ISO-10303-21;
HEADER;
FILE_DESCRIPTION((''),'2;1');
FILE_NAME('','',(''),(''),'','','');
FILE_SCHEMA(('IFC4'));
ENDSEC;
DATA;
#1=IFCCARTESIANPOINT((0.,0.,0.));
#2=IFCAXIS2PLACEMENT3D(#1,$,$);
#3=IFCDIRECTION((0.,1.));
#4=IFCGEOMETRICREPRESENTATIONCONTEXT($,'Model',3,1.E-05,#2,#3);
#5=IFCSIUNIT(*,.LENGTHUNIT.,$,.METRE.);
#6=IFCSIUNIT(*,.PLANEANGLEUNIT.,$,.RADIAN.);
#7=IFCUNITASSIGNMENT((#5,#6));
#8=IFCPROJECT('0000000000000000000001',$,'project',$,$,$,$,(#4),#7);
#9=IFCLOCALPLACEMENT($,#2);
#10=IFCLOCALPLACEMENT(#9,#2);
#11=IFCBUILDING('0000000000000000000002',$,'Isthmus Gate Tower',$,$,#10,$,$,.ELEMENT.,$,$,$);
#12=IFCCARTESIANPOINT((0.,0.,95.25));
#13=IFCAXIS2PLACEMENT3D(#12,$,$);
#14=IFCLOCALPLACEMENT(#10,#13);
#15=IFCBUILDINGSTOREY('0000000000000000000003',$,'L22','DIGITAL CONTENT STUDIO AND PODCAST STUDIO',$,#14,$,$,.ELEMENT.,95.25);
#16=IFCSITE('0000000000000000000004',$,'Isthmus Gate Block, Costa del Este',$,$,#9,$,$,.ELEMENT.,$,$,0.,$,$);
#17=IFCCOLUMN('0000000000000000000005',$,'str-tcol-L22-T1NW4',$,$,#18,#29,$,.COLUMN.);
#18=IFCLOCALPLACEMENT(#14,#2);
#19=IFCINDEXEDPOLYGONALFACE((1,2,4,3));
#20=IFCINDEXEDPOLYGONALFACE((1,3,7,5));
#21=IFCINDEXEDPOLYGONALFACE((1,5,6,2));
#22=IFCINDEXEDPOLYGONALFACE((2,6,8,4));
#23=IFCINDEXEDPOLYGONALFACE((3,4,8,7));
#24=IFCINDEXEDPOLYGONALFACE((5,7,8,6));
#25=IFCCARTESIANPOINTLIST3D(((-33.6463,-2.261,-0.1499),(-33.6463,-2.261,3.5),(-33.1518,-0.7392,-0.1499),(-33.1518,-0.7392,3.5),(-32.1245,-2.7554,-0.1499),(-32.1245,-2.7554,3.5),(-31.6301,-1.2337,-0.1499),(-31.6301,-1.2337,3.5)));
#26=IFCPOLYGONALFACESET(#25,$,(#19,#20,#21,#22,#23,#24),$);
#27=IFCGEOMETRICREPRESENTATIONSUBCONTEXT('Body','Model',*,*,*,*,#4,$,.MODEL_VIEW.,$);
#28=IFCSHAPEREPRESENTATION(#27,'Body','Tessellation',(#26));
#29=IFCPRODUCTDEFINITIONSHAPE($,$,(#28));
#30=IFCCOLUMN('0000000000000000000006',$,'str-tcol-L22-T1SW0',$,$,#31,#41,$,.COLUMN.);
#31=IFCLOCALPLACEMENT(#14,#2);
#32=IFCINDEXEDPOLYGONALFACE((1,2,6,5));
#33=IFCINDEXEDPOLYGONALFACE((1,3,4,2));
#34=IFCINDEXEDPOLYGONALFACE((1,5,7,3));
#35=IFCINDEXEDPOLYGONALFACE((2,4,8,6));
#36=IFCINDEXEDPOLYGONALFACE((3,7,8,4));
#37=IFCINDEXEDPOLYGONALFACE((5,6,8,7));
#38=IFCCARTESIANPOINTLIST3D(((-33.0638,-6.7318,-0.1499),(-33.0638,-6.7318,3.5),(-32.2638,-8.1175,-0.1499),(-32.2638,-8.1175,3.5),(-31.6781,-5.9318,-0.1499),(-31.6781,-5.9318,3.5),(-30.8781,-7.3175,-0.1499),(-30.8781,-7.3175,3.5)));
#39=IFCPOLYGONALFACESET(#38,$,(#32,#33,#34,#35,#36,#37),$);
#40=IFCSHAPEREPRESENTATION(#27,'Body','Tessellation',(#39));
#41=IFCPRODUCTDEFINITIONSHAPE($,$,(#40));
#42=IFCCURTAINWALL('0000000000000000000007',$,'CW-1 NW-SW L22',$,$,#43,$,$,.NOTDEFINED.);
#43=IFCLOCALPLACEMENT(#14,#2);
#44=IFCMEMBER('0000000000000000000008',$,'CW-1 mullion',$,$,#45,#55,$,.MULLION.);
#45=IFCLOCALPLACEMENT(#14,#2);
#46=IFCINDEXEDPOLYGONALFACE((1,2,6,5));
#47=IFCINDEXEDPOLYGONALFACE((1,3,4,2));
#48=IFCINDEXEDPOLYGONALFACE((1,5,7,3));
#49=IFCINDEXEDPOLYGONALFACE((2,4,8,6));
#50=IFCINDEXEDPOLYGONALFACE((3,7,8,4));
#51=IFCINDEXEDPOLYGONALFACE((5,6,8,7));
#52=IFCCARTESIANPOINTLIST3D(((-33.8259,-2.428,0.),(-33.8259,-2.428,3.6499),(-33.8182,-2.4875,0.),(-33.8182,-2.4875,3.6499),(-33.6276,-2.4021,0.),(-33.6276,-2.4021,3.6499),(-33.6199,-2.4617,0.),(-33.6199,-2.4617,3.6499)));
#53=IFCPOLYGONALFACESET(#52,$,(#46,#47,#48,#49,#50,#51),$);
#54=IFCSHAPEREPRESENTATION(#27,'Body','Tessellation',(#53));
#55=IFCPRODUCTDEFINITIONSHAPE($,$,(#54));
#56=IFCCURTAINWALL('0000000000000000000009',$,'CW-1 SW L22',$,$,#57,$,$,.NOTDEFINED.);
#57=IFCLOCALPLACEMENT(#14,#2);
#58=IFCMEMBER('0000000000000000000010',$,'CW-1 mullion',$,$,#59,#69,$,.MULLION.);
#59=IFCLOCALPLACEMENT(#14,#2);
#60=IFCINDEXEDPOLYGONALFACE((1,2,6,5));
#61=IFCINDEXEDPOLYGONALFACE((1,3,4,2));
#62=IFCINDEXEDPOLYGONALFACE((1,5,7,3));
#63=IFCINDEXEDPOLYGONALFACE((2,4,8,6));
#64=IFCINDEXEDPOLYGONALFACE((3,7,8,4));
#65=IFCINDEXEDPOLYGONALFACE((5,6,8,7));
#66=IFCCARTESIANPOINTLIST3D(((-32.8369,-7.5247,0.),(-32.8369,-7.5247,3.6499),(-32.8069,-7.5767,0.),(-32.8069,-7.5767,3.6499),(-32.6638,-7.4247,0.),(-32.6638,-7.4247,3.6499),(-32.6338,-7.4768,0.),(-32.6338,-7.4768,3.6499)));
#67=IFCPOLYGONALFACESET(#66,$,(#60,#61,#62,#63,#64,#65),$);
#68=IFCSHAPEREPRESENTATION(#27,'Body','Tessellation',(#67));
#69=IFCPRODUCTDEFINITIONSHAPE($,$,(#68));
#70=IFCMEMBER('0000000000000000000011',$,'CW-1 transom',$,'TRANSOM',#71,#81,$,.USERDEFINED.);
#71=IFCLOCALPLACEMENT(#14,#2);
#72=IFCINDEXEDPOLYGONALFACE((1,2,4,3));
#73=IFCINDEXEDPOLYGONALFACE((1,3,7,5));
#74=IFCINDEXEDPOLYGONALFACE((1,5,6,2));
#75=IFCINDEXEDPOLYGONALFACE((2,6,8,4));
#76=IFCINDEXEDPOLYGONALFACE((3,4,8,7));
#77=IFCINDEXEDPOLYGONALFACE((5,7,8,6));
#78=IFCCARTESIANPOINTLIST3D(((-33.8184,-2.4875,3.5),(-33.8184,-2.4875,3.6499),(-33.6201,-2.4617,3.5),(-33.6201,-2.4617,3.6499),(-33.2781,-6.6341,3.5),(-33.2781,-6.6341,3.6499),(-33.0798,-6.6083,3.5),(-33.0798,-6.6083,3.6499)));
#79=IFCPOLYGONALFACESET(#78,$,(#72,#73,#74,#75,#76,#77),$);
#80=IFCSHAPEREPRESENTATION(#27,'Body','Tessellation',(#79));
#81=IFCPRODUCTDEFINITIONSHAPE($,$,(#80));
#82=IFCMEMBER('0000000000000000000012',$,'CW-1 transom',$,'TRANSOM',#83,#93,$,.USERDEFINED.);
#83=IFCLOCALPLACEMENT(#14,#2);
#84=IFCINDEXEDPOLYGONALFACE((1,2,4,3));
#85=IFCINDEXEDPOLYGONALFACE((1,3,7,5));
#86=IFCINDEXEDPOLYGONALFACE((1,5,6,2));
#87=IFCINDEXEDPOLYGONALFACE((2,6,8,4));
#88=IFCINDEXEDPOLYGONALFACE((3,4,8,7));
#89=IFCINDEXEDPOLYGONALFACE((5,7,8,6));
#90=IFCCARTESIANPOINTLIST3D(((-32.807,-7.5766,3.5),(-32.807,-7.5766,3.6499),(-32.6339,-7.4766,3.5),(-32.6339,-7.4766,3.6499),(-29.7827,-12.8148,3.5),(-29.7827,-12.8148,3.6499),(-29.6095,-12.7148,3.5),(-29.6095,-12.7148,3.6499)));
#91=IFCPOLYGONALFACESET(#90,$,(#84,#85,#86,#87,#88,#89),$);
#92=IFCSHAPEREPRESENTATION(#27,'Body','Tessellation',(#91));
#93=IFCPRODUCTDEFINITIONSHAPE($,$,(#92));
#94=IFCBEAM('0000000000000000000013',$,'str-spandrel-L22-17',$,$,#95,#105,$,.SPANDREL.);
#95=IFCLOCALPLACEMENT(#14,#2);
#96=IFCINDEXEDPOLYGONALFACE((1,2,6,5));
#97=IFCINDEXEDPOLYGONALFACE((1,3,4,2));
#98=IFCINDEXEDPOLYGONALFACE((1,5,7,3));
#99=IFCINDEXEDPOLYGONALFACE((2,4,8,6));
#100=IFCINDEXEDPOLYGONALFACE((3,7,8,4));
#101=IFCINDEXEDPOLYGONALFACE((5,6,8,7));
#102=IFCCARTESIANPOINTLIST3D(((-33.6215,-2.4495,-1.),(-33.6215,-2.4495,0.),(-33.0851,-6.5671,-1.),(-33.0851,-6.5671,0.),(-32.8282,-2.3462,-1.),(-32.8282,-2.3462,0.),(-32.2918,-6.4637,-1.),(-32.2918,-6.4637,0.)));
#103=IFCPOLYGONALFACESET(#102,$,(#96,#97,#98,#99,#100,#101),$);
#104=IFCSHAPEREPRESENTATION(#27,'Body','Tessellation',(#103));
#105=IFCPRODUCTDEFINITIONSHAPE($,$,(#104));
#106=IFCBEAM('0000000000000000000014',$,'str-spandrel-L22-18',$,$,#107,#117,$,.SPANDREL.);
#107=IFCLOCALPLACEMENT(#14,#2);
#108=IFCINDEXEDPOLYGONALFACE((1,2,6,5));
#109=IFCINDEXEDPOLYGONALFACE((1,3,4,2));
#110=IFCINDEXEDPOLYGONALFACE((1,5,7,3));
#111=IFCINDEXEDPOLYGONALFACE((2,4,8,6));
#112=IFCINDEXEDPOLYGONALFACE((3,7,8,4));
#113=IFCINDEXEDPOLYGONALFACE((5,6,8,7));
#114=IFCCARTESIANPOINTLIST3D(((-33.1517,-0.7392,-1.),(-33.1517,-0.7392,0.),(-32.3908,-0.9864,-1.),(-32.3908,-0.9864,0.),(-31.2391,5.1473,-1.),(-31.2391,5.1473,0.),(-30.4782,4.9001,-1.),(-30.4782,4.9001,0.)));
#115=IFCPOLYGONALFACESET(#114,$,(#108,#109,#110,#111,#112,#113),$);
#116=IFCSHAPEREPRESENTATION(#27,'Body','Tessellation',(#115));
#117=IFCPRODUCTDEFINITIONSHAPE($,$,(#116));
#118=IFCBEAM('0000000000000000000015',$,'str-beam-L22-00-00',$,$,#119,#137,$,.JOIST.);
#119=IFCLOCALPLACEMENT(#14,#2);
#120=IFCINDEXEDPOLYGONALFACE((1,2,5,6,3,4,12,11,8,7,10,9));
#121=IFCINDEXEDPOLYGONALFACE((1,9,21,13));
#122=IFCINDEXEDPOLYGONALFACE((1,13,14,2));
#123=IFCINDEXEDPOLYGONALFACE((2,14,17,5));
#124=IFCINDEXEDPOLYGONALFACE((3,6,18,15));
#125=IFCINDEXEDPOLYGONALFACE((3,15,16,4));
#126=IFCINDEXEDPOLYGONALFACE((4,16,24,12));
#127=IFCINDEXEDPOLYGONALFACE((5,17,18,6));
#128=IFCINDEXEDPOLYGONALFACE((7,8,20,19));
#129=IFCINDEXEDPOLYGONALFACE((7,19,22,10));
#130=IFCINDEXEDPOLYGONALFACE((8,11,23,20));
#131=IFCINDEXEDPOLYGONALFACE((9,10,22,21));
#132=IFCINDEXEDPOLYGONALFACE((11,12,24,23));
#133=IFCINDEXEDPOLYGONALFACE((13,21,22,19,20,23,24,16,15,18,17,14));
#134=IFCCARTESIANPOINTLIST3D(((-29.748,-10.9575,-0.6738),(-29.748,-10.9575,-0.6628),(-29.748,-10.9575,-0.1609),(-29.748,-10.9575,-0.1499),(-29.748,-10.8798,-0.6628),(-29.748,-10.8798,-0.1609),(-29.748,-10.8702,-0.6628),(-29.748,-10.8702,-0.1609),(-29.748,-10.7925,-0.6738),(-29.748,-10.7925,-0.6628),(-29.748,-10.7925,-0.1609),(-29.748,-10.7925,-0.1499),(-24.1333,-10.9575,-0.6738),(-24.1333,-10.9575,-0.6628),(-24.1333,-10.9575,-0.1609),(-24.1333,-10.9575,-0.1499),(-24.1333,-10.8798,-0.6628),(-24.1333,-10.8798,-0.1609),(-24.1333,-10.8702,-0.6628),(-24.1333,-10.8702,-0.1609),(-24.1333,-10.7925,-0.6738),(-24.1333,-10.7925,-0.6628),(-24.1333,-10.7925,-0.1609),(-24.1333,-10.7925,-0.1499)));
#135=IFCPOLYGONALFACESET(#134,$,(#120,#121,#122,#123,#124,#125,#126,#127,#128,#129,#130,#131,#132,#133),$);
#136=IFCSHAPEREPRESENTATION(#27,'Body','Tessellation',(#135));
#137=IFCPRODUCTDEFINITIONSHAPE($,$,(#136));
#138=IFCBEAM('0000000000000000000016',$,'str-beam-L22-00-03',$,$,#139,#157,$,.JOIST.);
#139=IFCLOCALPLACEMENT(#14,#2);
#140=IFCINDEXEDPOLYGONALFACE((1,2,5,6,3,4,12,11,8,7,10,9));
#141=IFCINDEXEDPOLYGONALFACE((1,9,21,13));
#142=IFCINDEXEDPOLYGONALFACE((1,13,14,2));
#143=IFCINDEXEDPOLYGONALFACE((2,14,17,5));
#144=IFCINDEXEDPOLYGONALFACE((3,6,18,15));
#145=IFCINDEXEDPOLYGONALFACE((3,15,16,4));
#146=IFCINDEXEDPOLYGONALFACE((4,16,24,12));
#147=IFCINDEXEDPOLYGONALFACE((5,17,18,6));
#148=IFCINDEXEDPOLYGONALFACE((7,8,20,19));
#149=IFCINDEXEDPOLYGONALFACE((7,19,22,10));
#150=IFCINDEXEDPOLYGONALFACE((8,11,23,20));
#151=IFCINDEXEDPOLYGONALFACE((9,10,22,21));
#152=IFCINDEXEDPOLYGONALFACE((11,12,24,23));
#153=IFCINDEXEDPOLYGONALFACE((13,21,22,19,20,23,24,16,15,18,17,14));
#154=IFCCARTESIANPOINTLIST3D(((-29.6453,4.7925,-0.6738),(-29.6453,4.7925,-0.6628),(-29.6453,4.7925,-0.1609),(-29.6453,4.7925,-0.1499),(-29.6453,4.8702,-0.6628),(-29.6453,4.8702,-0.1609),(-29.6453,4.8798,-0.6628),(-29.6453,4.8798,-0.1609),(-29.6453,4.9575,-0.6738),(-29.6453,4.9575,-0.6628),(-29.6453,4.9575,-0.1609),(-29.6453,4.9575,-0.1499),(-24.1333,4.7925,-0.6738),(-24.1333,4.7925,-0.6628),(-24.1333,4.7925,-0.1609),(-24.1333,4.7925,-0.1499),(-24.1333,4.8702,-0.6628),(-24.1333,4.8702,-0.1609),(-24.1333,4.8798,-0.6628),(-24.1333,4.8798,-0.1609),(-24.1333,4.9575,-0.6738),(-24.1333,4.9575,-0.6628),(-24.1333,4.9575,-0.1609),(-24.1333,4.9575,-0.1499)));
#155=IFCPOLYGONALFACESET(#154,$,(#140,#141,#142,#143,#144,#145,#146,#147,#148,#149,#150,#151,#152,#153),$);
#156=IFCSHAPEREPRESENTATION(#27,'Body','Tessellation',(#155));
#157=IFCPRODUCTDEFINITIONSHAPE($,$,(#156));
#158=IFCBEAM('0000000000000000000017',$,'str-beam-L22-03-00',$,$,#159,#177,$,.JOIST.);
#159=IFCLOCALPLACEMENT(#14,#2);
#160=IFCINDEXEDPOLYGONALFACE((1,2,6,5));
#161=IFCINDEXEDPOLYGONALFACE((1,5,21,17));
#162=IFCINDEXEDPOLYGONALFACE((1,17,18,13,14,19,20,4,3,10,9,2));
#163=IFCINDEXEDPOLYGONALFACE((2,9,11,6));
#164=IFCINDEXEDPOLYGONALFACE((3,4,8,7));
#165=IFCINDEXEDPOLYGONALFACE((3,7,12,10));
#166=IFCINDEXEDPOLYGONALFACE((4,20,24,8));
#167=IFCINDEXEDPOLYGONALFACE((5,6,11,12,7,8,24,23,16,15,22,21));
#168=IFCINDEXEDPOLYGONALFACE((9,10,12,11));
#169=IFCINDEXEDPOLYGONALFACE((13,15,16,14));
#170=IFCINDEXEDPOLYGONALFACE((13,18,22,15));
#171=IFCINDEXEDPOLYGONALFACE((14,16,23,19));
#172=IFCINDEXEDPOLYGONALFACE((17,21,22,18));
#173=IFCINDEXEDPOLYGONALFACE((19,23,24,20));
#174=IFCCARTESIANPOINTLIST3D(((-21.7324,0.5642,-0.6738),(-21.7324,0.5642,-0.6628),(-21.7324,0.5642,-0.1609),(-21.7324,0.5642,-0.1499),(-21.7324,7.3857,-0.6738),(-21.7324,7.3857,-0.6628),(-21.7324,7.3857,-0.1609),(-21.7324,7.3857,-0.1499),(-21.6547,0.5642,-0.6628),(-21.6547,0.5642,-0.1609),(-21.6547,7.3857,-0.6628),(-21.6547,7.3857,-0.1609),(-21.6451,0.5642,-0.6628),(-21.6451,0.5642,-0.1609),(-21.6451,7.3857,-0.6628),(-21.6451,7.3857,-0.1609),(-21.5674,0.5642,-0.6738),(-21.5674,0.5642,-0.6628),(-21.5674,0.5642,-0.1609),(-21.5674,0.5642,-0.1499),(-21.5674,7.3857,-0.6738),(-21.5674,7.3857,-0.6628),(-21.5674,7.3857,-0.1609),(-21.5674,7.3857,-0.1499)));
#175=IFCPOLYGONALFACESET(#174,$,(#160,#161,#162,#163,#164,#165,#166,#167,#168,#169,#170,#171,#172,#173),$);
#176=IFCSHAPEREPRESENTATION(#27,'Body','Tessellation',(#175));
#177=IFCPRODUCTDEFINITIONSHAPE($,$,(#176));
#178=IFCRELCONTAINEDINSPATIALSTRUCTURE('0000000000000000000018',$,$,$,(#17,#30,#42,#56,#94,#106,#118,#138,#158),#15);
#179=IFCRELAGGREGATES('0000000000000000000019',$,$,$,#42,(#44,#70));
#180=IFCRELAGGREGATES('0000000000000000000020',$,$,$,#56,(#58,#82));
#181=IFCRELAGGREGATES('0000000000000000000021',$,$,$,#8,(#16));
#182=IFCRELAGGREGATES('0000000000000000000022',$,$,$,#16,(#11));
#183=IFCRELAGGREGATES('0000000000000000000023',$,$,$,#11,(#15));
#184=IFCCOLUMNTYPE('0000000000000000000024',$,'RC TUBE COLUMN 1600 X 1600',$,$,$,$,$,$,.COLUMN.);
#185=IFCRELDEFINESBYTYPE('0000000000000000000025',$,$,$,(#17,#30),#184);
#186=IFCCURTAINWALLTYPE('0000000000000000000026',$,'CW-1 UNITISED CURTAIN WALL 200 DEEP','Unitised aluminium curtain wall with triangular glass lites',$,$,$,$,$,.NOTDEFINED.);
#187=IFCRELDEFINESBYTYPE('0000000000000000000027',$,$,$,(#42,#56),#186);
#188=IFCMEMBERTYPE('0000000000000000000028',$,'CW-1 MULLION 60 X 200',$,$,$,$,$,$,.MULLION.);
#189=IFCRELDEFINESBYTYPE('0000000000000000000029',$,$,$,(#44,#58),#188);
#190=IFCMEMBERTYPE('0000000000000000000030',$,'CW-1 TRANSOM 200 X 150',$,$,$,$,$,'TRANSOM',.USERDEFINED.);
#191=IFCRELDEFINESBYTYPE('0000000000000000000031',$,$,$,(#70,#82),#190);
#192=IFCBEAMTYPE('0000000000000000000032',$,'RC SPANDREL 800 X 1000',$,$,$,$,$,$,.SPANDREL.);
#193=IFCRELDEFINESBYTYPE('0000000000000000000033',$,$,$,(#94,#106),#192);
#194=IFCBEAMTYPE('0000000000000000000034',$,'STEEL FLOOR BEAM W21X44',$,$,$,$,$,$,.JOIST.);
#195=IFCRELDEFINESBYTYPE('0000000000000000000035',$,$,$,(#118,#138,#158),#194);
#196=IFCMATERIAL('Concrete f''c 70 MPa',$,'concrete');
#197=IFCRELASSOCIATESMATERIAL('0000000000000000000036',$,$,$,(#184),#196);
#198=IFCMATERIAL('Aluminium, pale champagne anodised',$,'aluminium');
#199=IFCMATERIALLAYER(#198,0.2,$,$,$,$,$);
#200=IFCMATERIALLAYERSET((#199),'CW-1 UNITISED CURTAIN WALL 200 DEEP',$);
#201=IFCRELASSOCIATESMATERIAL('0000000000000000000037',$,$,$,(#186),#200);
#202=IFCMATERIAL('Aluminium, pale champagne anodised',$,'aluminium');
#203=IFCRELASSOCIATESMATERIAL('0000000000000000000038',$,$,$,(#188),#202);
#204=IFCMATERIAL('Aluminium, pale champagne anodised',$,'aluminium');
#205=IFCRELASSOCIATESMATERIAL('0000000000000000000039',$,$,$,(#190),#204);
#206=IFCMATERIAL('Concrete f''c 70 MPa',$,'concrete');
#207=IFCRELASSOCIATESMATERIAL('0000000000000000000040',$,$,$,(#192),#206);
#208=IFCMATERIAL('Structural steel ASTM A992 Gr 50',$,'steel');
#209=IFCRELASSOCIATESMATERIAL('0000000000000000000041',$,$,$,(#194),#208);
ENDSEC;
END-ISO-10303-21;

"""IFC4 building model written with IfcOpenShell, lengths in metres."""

from ifc_helpers import new_model, si_unit, direction, frame, origin, origin_2d, place, context, subcontext, project, spatial, rectangle, i_section, extrude, material, layer, layer_set, material_profile, profile_set, type_object, element, aggregate, save


model = new_model("IFC4")

# Units and contexts
model_context = context("Model", 3, precision=1e-05, world=origin(), true_north=direction((0.0, 1.0)))
body_context = subcontext(model_context, "Body", "Model", "MODEL_VIEW")
ifc_project = project(units=[si_unit("LENGTHUNIT", "METRE"), si_unit("PLANEANGLEUNIT", "RADIAN")], contexts=[model_context])

# Site, building, storey
site_placement = place(None, origin())
site = spatial("IfcSite", under=ifc_project, at=site_placement, Name="Isthmus Gate Block, Costa del Este", CompositionType="ELEMENT", RefElevation=0.0)
building_placement = place(site_placement, origin())
building = spatial("IfcBuilding", under=site, at=building_placement, Name="Isthmus Gate Tower", CompositionType="ELEMENT")
storey_placement = place(building_placement, frame((0.0, 0.0, 95.25)))
storey = spatial("IfcBuildingStorey", under=building, at=storey_placement, Name="L22", Description="DIGITAL CONTENT STUDIO AND PODCAST STUDIO", CompositionType="ELEMENT", Elevation=95.25)

# Columns
ifc_material_1 = material(Name="Concrete f'c 70 MPa", Category="concrete")
ifc_material_profile_1 = material_profile(ifc_material_1, rectangle(XDim=1.6001, YDim=1.6001, at=origin_2d()), Name="RC 1600X1600")
ifc_profile_set_1 = profile_set([ifc_material_profile_1], Name="Concrete f'c 70 MPa")
column_type = type_object("IfcColumnType", Name="RC TUBE COLUMN 1600 X 1600", PredefinedType="COLUMN", material=ifc_profile_set_1)
for number, where, z_axis, x_axis, name in (
    (1, (-32.6382, -1.7473, -0.1499), (0.0, 0.0, 1.0), (-0.309017, -0.951057, 0.0), "str-tcol-L22-T1NW4"),
    (2, (-31.9709, -7.0247, -0.1499), (0.0, 0.0, 1.0), (0.5, -0.866025, 0.0), "str-tcol-L22-T1SW0"),
):
    element("IfcColumn", number, at=place(storey_placement, frame(where, z_axis=z_axis, x_axis=x_axis)), inside=storey, type_object=column_type, Name=name, PredefinedType="COLUMN", context=body_context, shape_type="SweptSolid", body=[
        extrude(rectangle(XDim=1.6001, YDim=1.6001, at=origin_2d()), origin(), (0.0, 0.0, 1.0), 3.6499),
    ])

# Curtain walls, members
ifc_material_2 = material(Name="Aluminium, pale champagne anodised", Category="aluminium")
ifc_layer_1 = layer(ifc_material_2, 0.2)
ifc_layer_set_1 = layer_set([ifc_layer_1], Name="CW-1 UNITISED CURTAIN WALL 200 DEEP")
curtain_wall_type = type_object("IfcCurtainWallType", Name="CW-1 UNITISED CURTAIN WALL 200 DEEP", Description="Unitised aluminium curtain wall with triangular glass lites", PredefinedType="NOTDEFINED", material=ifc_layer_set_1)
curtain_wall_1_placement = place(storey_placement, origin())
curtain_wall_1 = element("IfcCurtainWall", 3, at=curtain_wall_1_placement, inside=storey, type_object=curtain_wall_type, Name="CW-1 NW-SW L22", PredefinedType="NOTDEFINED")
ifc_material_3 = material(Name="Aluminium, pale champagne anodised", Category="aluminium")
ifc_material_profile_2 = material_profile(ifc_material_3, rectangle(XDim=0.0601, YDim=0.2, at=origin_2d()), Name="60x200")
ifc_profile_set_2 = profile_set([ifc_material_profile_2], Name="Aluminium, pale champagne anodised")
member_type_1 = type_object("IfcMemberType", Name="CW-1 MULLION 60 X 200", PredefinedType="MULLION", material=ifc_profile_set_2)
member_1_placement = place(storey_placement, frame((-33.7229, -2.4448, 0.0), z_axis=(0.0, 0.0, 1.0), x_axis=(0.129165, -0.991623, 0.0)))
member_1 = element("IfcMember", 4, at=member_1_placement, type_object=member_type_1, Name="CW-1 mullion", PredefinedType="MULLION", context=body_context, shape_type="SweptSolid", body=[
    extrude(rectangle(XDim=0.0601, YDim=0.2, at=origin_2d()), origin(), (0.0, 0.0, 1.0), 3.6499),
])
curtain_wall_2_placement = place(storey_placement, origin())
curtain_wall_2 = element("IfcCurtainWall", 5, at=curtain_wall_2_placement, inside=storey, type_object=curtain_wall_type, Name="CW-1 SW L22", PredefinedType="NOTDEFINED")
member_2_placement = place(storey_placement, frame((-32.7354, -7.5007, 0.0), z_axis=(0.0, 0.0, 1.0), x_axis=(0.5, -0.866025, 0.0)))
member_2 = element("IfcMember", 6, at=member_2_placement, type_object=member_type_1, Name="CW-1 mullion", PredefinedType="MULLION", context=body_context, shape_type="SweptSolid", body=[
    extrude(rectangle(XDim=0.0601, YDim=0.2, at=origin_2d()), origin(), (0.0, 0.0, 1.0), 3.6499),
])

# Members
ifc_material_4 = material(Name="Aluminium, pale champagne anodised", Category="aluminium")
ifc_material_profile_3 = material_profile(ifc_material_4, rectangle(XDim=0.2, YDim=0.1499, at=origin_2d()), Name="200x150")
ifc_profile_set_3 = profile_set([ifc_material_profile_3], Name="Aluminium, pale champagne anodised")
member_type_2 = type_object("IfcMemberType", Name="CW-1 TRANSOM 200 X 150", ElementType="TRANSOM", PredefinedType="USERDEFINED", material=ifc_profile_set_3)
member_3_placement = place(storey_placement, frame((-33.7192, -2.4746, 3.575), z_axis=(0.129207, -0.991618, 0.0), x_axis=(0.991618, 0.129207, 0.0)))
member_3 = element("IfcMember", 7, at=member_3_placement, type_object=member_type_2, Name="CW-1 transom", ObjectType="TRANSOM", PredefinedType="USERDEFINED", context=body_context, shape_type="SweptSolid", body=[
    extrude(rectangle(XDim=0.2, YDim=0.1499, at=origin_2d()), origin(), (0.0, 0.0, 1.0), 4.1816),
])
member_4_placement = place(storey_placement, frame((-32.7205, -7.5266, 3.575), z_axis=(0.500011, -0.866019, 0.0), x_axis=(0.866019, 0.500011, 0.0)))
member_4 = element("IfcMember", 8, at=member_4_placement, type_object=member_type_2, Name="CW-1 transom", ObjectType="TRANSOM", PredefinedType="USERDEFINED", context=body_context, shape_type="SweptSolid", body=[
    extrude(rectangle(XDim=0.2, YDim=0.1499, at=origin_2d()), origin(), (0.0, 0.0, 1.0), 6.0486),
])

# Beams
ifc_material_5 = material(Name="Concrete f'c 70 MPa", Category="concrete")
ifc_material_profile_4 = material_profile(ifc_material_5, rectangle(XDim=0.8, YDim=1.0, at=origin_2d()), Name="RC 800X1000")
ifc_profile_set_4 = profile_set([ifc_material_profile_4], Name="Concrete f'c 70 MPa")
beam_type_1 = type_object("IfcBeamType", Name="RC SPANDREL 800 X 1000", PredefinedType="SPANDREL", material=ifc_profile_set_4)
beam_1_placement = place(storey_placement, frame((-32.6885, -6.5154, -0.5), z_axis=(-0.129171, 0.991622, 0.0), x_axis=(-0.991622, -0.129171, 0.0)))
element("IfcBeam", 9, at=beam_1_placement, inside=storey, type_object=beam_type_1, Name="str-spandrel-L22-17", PredefinedType="SPANDREL", context=body_context, shape_type="SweptSolid", body=[
    extrude(rectangle(XDim=0.8, YDim=1.0, at=origin_2d()), origin(), (0.0, 0.0, 1.0), 4.1523),
])
beam_2_placement = place(storey_placement, frame((-32.7712, -0.8628, -0.5), z_axis=(0.309012, 0.951058, 0.0), x_axis=(-0.951058, 0.309012, 0.0)))
element("IfcBeam", 10, at=beam_2_placement, inside=storey, type_object=beam_type_1, Name="str-spandrel-L22-18", PredefinedType="SPANDREL", context=body_context, shape_type="SweptSolid", body=[
    extrude(rectangle(XDim=0.8, YDim=1.0, at=origin_2d()), origin(), (0.0, 0.0, 1.0), 6.1895),
])
ifc_material_6 = material(Name="Structural steel ASTM A992 Gr 50", Category="steel")
ifc_material_profile_5 = material_profile(ifc_material_6, i_section(OverallWidth=0.165, OverallDepth=0.5239, WebThickness=0.0095, FlangeThickness=0.011, at=origin_2d()), Name="W21X44")
ifc_profile_set_5 = profile_set([ifc_material_profile_5], Name="Structural steel ASTM A992 Gr 50")
beam_type_2 = type_object("IfcBeamType", Name="STEEL FLOOR BEAM W21X44", PredefinedType="JOIST", material=ifc_profile_set_5)
beam_3_placement = place(storey_placement, frame((-29.748, -10.875, -0.4119), z_axis=(1.0, 0.0, 0.0), x_axis=(0.0, 1.0, 0.0)))
element("IfcBeam", 11, at=beam_3_placement, inside=storey, type_object=beam_type_2, Name="str-beam-L22-00-00", PredefinedType="JOIST", context=body_context, shape_type="SweptSolid", body=[
    extrude(i_section(OverallWidth=0.165, OverallDepth=0.5239, WebThickness=0.0095, FlangeThickness=0.011, at=origin_2d()), origin(), (0.0, 0.0, 1.0), 5.6147),
])
beam_4_placement = place(storey_placement, frame((-29.6453, 4.875, -0.4119), z_axis=(1.0, 0.0, 0.0), x_axis=(0.0, 1.0, 0.0)))
element("IfcBeam", 12, at=beam_4_placement, inside=storey, type_object=beam_type_2, Name="str-beam-L22-00-03", PredefinedType="JOIST", context=body_context, shape_type="SweptSolid", body=[
    extrude(i_section(OverallWidth=0.165, OverallDepth=0.5239, WebThickness=0.0095, FlangeThickness=0.011, at=origin_2d()), origin(), (0.0, 0.0, 1.0), 5.512),
])
for number, where, z_axis, x_axis, name in (
    (13, (-21.6499, 0.5642, -0.4119), (0.0, 1.0, 0.0), (-1.0, 0.0, 0.0), "str-beam-L22-03-00"),
):
    element("IfcBeam", number, at=place(storey_placement, frame(where, z_axis=z_axis, x_axis=x_axis)), inside=storey, type_object=beam_type_2, Name=name, PredefinedType="JOIST", context=body_context, shape_type="SweptSolid", body=[
        extrude(i_section(OverallWidth=0.165, OverallDepth=0.5239, WebThickness=0.0095, FlangeThickness=0.011, at=origin_2d()), origin(), (0.0, 0.0, 1.0), 6.8215),
    ])

aggregate(curtain_wall_1, [member_1, member_3])
aggregate(curtain_wall_2, [member_2, member_4])

save(model, "model.ifc")
